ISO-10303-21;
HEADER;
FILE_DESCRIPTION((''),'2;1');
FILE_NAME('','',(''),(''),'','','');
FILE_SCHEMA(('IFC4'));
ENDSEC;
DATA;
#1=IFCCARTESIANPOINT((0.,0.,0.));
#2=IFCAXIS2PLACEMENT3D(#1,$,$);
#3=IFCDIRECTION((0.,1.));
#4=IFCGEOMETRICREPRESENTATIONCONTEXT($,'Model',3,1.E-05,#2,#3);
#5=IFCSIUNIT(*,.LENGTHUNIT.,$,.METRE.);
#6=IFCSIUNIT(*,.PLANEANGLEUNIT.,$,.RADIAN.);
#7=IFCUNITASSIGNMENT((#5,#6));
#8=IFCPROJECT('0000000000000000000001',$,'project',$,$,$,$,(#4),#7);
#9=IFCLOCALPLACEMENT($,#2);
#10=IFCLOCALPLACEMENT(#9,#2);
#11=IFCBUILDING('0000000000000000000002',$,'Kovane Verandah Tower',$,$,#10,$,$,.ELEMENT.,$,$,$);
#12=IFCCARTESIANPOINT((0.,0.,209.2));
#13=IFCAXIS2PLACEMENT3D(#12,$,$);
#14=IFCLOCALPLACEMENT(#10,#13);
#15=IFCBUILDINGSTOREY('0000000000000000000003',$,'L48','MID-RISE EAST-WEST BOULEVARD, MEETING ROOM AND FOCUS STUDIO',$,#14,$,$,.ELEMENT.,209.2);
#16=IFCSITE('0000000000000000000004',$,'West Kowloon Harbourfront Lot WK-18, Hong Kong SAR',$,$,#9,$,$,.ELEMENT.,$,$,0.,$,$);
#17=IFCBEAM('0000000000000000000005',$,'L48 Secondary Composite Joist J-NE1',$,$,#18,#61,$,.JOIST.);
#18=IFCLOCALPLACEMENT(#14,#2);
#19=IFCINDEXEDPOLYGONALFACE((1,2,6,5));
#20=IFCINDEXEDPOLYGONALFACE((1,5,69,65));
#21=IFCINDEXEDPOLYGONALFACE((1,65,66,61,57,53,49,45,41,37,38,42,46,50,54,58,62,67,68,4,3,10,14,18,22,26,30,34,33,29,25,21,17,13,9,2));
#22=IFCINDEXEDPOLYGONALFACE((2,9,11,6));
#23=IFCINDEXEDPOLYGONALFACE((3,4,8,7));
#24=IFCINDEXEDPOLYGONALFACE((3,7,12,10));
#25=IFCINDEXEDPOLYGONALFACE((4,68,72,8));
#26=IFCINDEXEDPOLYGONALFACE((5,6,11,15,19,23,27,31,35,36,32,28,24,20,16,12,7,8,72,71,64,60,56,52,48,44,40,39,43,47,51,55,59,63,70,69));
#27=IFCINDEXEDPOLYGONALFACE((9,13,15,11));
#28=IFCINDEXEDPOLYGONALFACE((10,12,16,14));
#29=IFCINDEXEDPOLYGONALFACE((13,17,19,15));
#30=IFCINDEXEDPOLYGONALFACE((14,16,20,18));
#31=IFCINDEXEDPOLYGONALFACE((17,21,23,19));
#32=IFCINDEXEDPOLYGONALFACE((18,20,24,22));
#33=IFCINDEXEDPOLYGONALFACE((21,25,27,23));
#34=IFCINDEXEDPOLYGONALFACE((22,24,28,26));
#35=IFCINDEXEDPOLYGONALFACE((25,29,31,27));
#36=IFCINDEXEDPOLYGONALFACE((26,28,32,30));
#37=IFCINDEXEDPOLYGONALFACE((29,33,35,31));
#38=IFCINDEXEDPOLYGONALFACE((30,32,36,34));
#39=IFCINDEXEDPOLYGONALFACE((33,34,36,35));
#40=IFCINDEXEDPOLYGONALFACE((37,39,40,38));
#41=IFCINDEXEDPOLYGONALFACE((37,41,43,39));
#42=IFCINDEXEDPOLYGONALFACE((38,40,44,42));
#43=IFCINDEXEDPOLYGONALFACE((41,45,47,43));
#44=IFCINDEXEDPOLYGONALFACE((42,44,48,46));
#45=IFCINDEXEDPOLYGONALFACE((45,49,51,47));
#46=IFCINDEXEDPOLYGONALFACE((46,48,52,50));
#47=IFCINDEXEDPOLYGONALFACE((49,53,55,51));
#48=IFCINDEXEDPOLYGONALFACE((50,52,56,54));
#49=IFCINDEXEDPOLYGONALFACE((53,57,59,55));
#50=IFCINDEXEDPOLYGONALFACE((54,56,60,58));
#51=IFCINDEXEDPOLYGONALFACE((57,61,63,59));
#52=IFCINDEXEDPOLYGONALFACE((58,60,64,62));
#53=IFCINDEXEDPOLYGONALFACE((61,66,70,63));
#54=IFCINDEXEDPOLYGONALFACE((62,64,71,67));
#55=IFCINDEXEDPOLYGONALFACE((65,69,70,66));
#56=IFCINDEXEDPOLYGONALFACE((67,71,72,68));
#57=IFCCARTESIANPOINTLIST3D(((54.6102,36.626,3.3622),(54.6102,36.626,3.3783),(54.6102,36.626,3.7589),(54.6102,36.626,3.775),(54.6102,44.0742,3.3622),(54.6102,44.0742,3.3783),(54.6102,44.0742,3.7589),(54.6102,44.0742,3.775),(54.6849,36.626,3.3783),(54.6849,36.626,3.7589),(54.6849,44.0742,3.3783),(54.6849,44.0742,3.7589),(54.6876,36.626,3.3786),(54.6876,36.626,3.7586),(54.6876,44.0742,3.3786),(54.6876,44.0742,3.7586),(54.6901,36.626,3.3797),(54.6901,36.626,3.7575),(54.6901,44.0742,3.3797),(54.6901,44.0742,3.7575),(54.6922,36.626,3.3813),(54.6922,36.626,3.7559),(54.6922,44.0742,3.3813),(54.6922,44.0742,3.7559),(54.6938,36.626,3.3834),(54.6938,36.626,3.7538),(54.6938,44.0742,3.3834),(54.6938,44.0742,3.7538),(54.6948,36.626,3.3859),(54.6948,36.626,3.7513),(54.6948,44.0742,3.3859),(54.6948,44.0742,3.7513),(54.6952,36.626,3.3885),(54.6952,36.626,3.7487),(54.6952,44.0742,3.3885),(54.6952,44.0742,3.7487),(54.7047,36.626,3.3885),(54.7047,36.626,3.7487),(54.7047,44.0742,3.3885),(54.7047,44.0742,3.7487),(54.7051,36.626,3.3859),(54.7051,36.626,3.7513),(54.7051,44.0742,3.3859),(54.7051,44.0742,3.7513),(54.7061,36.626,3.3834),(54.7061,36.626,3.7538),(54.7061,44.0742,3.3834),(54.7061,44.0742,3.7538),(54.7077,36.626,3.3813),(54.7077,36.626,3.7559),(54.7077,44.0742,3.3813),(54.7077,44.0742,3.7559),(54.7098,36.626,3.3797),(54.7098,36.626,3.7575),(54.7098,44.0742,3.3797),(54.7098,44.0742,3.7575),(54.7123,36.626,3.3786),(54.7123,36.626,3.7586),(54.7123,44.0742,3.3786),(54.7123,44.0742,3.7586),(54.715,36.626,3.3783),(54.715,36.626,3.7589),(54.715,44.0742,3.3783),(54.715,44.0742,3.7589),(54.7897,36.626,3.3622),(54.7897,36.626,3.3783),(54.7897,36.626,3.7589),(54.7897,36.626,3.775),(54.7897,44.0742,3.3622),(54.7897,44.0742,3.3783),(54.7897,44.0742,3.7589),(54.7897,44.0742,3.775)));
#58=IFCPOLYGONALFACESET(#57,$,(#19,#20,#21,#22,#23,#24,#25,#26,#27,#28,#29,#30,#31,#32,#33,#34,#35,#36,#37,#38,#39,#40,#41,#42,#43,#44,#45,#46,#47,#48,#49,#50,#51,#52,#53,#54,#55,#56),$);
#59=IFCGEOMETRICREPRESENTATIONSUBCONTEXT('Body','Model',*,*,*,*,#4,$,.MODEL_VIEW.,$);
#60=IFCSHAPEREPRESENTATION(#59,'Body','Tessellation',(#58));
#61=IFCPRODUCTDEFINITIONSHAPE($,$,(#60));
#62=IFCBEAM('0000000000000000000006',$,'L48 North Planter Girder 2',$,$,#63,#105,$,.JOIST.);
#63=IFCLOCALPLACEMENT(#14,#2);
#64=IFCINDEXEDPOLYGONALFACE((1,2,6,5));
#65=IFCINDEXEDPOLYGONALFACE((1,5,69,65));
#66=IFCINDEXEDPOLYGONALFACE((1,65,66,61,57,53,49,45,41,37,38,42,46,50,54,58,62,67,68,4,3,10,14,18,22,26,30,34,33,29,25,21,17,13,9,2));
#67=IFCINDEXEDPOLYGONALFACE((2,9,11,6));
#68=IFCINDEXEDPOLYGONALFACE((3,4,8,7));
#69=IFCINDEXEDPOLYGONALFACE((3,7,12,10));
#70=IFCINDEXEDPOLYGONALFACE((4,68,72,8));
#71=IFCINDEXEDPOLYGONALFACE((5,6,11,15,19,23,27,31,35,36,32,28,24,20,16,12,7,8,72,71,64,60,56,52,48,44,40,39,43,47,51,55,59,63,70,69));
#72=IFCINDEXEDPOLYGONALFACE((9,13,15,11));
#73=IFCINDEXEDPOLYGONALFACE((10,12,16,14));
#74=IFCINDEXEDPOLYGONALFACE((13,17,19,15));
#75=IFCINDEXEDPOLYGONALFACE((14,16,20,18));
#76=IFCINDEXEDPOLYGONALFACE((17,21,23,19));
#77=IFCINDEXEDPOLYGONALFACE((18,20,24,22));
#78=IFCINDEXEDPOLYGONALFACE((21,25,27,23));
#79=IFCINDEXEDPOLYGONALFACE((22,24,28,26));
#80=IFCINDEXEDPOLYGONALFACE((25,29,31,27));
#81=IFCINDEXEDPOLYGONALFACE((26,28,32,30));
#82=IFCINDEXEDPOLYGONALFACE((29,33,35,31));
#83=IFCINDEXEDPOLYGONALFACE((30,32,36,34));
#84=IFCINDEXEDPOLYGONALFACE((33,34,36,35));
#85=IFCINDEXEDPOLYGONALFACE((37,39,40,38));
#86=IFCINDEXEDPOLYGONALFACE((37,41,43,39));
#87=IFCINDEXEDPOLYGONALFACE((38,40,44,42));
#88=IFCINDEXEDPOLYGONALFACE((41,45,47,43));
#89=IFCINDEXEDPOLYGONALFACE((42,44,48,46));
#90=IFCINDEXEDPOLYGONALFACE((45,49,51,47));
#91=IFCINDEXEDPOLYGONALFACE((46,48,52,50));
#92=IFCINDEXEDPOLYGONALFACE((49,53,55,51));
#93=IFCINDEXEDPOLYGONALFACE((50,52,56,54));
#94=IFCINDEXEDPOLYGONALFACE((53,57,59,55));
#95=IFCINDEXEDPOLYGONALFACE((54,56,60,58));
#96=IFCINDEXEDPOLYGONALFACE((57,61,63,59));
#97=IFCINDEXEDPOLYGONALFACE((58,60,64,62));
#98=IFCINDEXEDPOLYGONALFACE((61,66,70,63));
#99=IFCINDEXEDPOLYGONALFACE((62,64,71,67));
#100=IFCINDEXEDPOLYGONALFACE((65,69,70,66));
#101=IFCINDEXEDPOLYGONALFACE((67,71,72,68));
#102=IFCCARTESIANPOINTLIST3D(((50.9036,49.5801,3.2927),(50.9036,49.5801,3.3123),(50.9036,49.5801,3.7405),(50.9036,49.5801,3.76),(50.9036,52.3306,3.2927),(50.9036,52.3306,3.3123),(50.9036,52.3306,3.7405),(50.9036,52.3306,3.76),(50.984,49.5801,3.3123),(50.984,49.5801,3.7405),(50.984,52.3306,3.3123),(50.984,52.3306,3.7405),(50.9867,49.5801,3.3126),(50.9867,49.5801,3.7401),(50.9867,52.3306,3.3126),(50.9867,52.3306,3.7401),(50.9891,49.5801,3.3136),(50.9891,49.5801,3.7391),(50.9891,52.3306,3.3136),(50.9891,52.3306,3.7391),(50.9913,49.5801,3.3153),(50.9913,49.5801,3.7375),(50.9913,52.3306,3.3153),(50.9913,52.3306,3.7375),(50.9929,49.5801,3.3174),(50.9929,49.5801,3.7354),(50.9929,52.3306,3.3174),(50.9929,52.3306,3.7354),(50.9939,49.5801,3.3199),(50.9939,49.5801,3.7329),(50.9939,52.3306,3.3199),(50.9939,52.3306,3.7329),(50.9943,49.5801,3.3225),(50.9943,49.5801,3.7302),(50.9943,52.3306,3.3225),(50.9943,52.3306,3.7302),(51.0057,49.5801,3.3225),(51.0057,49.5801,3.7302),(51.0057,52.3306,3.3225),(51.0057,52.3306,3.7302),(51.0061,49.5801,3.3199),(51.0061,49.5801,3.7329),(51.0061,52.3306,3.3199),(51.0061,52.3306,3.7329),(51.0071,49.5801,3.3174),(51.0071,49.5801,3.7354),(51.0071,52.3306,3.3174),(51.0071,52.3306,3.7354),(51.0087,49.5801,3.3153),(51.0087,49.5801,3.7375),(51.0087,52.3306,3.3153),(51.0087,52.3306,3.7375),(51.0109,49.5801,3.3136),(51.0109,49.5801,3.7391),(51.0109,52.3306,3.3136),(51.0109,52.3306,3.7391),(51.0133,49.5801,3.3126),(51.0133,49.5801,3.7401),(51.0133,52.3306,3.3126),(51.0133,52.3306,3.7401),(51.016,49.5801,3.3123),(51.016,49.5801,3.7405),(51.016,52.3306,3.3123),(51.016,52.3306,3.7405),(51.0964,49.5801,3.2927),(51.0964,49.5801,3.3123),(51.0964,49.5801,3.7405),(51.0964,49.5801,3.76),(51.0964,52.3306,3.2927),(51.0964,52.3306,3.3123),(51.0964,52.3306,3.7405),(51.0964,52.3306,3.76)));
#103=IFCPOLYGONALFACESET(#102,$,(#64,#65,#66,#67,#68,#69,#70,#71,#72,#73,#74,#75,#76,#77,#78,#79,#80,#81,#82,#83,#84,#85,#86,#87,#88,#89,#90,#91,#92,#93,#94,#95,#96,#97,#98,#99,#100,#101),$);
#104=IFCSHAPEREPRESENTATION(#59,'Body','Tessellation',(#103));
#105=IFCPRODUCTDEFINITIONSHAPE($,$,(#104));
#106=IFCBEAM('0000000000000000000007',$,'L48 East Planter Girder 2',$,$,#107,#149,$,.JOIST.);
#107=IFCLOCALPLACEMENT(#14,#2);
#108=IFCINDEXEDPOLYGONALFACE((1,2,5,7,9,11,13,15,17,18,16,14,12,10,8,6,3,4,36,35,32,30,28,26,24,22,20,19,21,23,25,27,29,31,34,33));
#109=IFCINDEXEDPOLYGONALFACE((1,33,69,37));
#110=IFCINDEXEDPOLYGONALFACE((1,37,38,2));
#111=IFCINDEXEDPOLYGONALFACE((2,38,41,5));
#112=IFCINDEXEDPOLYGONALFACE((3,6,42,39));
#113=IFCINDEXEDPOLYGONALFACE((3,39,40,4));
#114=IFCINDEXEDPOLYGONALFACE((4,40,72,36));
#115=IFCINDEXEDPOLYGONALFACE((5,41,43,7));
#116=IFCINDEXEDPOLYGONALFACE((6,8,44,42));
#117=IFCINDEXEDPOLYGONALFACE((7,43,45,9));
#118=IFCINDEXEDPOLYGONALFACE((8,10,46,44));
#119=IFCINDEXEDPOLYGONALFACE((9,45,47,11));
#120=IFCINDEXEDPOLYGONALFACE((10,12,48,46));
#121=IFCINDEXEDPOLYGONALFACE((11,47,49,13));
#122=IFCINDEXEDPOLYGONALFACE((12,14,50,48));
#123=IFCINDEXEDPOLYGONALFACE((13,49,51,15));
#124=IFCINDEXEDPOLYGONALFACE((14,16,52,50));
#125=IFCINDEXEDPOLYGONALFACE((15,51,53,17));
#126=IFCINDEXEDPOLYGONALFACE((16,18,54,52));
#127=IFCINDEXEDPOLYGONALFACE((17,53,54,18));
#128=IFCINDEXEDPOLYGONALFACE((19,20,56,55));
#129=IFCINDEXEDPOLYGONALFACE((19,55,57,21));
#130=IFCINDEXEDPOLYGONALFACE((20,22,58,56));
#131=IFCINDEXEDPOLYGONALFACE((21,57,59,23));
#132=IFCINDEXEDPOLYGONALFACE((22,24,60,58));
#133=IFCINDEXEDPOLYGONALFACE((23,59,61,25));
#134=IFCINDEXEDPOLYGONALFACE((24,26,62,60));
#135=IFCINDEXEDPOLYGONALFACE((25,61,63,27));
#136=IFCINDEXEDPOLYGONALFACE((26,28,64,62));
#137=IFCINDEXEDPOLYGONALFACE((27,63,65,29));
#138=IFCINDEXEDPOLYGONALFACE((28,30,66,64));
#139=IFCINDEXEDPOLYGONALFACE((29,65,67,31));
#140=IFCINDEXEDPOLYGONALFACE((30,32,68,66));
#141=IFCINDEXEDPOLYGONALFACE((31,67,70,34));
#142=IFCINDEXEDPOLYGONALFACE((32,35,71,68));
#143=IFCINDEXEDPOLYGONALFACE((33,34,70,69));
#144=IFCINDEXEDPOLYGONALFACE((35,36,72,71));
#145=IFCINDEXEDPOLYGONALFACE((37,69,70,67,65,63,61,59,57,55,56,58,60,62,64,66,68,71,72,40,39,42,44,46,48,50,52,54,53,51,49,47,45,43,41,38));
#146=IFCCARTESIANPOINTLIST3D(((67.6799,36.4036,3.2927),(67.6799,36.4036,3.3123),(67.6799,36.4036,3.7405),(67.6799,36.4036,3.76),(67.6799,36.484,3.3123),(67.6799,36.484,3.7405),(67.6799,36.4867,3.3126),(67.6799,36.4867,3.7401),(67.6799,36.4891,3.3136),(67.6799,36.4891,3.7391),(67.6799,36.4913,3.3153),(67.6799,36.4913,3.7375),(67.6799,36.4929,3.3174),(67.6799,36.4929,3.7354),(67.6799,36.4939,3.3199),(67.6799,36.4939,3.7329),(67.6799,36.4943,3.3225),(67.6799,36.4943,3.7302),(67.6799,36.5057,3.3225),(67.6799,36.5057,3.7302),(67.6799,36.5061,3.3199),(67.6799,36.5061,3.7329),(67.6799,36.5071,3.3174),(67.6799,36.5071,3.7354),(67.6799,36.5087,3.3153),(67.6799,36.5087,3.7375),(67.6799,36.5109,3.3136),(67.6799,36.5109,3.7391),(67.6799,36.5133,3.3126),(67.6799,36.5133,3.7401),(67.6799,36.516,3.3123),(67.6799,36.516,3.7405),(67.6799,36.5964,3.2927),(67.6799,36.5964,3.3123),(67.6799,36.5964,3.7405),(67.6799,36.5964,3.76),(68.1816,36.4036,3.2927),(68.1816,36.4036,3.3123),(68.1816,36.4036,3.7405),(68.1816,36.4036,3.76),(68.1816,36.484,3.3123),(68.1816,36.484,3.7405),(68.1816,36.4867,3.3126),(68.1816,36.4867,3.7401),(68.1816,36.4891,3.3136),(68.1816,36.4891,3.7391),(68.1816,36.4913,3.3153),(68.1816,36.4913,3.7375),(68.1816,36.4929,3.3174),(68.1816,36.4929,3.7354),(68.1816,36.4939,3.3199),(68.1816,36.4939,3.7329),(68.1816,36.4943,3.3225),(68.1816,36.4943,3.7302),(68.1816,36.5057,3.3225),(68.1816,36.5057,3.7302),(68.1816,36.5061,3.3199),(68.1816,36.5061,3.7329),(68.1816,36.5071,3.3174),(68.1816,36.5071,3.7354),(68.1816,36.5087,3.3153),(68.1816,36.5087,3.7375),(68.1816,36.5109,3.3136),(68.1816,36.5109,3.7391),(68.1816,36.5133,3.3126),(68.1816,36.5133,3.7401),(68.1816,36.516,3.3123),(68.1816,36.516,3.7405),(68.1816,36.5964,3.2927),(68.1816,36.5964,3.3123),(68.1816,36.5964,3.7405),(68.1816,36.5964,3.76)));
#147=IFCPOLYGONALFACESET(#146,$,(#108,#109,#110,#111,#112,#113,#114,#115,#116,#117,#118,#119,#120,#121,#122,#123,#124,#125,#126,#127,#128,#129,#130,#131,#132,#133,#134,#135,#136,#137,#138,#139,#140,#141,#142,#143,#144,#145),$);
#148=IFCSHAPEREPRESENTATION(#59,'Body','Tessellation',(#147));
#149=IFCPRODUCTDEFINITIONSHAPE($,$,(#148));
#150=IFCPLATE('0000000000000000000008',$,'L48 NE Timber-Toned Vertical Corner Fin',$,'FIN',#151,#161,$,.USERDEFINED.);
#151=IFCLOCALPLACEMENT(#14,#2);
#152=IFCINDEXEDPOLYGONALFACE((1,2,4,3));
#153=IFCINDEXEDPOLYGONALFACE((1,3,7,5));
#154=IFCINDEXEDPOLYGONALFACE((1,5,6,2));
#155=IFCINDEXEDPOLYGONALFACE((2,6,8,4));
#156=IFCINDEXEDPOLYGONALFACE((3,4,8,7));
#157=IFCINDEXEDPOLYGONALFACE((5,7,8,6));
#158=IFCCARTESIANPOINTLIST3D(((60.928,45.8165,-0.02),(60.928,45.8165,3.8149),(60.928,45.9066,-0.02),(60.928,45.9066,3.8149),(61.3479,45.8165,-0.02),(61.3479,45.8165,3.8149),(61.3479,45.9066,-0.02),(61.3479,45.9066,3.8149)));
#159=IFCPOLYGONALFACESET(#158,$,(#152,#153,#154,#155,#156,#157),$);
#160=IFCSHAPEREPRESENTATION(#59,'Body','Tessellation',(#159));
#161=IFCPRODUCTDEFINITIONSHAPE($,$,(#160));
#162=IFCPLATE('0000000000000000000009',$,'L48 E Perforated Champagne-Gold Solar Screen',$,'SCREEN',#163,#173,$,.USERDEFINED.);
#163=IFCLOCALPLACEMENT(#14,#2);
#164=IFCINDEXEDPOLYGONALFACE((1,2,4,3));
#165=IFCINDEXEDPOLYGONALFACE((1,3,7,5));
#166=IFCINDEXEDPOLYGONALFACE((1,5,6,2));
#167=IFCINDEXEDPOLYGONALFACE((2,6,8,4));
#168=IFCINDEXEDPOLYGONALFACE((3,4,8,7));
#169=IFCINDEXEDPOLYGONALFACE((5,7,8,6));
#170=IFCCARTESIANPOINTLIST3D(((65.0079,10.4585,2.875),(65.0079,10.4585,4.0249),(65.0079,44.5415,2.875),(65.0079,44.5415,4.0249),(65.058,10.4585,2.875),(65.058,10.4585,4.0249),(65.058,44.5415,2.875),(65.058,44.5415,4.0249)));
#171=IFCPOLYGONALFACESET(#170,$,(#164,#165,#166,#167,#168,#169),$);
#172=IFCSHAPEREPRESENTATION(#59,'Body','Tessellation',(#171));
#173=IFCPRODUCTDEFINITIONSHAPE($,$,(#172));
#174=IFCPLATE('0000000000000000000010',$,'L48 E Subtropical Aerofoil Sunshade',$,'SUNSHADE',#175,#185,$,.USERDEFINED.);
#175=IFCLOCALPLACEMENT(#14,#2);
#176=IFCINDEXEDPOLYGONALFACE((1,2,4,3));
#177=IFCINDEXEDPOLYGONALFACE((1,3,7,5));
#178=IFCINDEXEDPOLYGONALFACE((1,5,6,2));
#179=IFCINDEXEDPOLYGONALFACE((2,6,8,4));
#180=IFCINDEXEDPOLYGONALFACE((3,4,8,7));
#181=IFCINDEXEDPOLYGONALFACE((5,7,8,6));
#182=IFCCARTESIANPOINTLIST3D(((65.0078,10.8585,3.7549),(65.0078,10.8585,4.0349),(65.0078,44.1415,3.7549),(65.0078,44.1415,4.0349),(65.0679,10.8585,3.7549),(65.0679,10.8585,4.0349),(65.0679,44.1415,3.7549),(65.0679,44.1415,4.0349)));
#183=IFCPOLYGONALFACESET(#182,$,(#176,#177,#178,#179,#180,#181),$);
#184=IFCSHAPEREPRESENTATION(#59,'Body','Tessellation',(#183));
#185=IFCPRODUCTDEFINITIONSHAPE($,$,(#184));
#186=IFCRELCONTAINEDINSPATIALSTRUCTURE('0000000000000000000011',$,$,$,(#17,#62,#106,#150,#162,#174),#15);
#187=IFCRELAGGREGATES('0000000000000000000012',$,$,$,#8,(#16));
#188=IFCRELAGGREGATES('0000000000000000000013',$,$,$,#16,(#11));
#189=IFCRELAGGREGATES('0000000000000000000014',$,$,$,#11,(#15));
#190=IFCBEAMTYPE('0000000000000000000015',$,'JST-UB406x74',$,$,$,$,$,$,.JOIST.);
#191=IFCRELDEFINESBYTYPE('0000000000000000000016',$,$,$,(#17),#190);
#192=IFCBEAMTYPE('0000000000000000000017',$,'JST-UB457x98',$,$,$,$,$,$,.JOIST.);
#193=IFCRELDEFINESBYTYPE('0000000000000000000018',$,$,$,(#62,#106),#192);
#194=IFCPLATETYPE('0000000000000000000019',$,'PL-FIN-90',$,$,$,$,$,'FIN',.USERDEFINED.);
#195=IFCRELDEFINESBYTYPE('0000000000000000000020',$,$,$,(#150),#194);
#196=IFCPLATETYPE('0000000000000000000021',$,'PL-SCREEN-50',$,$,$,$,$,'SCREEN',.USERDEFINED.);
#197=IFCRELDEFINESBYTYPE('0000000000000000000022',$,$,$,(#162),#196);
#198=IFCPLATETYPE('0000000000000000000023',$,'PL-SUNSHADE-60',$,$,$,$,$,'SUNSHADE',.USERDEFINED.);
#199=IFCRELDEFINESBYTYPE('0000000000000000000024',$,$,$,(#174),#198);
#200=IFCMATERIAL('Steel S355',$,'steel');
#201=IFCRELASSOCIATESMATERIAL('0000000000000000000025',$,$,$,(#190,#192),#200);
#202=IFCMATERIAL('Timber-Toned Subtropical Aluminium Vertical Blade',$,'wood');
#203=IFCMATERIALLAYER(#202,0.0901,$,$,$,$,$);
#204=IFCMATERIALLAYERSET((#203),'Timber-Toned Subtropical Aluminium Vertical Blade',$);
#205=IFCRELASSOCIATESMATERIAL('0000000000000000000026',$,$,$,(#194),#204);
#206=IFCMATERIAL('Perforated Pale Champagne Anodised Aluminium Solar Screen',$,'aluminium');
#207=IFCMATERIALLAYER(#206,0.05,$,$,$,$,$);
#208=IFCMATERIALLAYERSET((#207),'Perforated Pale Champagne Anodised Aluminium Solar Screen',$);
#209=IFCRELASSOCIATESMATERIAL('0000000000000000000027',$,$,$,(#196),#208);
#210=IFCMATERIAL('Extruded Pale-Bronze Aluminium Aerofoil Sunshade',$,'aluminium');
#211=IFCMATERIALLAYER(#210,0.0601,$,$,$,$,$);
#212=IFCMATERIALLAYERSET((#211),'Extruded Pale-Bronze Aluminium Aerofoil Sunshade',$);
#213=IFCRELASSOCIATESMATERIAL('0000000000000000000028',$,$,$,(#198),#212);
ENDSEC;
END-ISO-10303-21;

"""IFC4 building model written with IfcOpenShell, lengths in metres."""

from ifc_helpers import new_model, si_unit, direction, frame, origin, origin_2d, place, context, subcontext, project, spatial, rectangle, i_section, extrude, material, layer, layer_set, material_profile, profile_set, type_object, element, save


model = new_model("IFC4")

# Units and contexts
model_context = context("Model", 3, precision=1e-05, world=origin(), true_north=direction((0.0, 1.0)))
body_context = subcontext(model_context, "Body", "Model", "MODEL_VIEW")
ifc_project = project(units=[si_unit("LENGTHUNIT", "METRE"), si_unit("PLANEANGLEUNIT", "RADIAN")], contexts=[model_context])

# Site, building, storey
site_placement = place(None, origin())
site = spatial("IfcSite", under=ifc_project, at=site_placement, Name="West Kowloon Harbourfront Lot WK-18, Hong Kong SAR", CompositionType="ELEMENT", RefElevation=0.0)
building_placement = place(site_placement, origin())
building = spatial("IfcBuilding", under=site, at=building_placement, Name="Kovane Verandah Tower", CompositionType="ELEMENT")
storey_placement = place(building_placement, frame((0.0, 0.0, 209.2)))
storey = spatial("IfcBuildingStorey", under=building, at=storey_placement, Name="L48", Description="MID-RISE EAST-WEST BOULEVARD, MEETING ROOM AND FOCUS STUDIO", CompositionType="ELEMENT", Elevation=209.2)

# Beams
ifc_material_1 = material(Name="Steel S355", Category="steel")
ifc_material_profile_1 = material_profile(ifc_material_1, i_section(OverallWidth=0.1794, OverallDepth=0.4128, WebThickness=0.0095, FlangeThickness=0.0161, FilletRadius=0.0103, at=origin_2d()), Name="UB406x178x74")
ifc_profile_set_1 = profile_set([ifc_material_profile_1], Name="Steel S355")
beam_type_1 = type_object("IfcBeamType", Name="JST-UB406x74", PredefinedType="JOIST", material=ifc_profile_set_1)
beam_1_placement = place(storey_placement, frame((54.7, 36.626, 3.5686), z_axis=(0.0, 1.0, 0.0), x_axis=(-1.0, 0.0, 0.0)))
element("IfcBeam", 1, at=beam_1_placement, inside=storey, type_object=beam_type_1, Name="L48 Secondary Composite Joist J-NE1", PredefinedType="JOIST", context=body_context, shape_type="SweptSolid", body=[
    extrude(i_section(OverallWidth=0.1794, OverallDepth=0.4128, WebThickness=0.0095, FlangeThickness=0.0161, FilletRadius=0.0103, at=origin_2d()), origin(), (0.0, 0.0, 1.0), 7.4482),
])
ifc_material_profile_2 = material_profile(ifc_material_1, i_section(OverallWidth=0.1929, OverallDepth=0.4673, WebThickness=0.0115, FlangeThickness=0.0195, FilletRadius=0.0103, at=origin_2d()), Name="UB457x191x98")
ifc_profile_set_2 = profile_set([ifc_material_profile_2], Name="Steel S355")
beam_type_2 = type_object("IfcBeamType", Name="JST-UB457x98", PredefinedType="JOIST", material=ifc_profile_set_2)
beam_2_placement = place(storey_placement, frame((51.0, 49.5801, 3.5264), z_axis=(0.0, 1.0, 0.0), x_axis=(-1.0, 0.0, 0.0)))
element("IfcBeam", 2, at=beam_2_placement, inside=storey, type_object=beam_type_2, Name="L48 North Planter Girder 2", PredefinedType="JOIST", context=body_context, shape_type="SweptSolid", body=[
    extrude(i_section(OverallWidth=0.1929, OverallDepth=0.4673, WebThickness=0.0115, FlangeThickness=0.0195, FilletRadius=0.0103, at=origin_2d()), origin(), (0.0, 0.0, 1.0), 2.7505),
])
beam_3_placement = place(storey_placement, frame((67.6799, 36.5, 3.5264), z_axis=(1.0, 0.0, 0.0), x_axis=(0.0, 1.0, 0.0)))
element("IfcBeam", 3, at=beam_3_placement, inside=storey, type_object=beam_type_2, Name="L48 East Planter Girder 2", PredefinedType="JOIST", context=body_context, shape_type="SweptSolid", body=[
    extrude(i_section(OverallWidth=0.1929, OverallDepth=0.4673, WebThickness=0.0115, FlangeThickness=0.0195, FilletRadius=0.0103, at=origin_2d()), origin(), (0.0, 0.0, 1.0), 0.5017),
])

# Plates
ifc_material_2 = material(Name="Timber-Toned Subtropical Aluminium Vertical Blade", Category="wood")
ifc_layer_1 = layer(ifc_material_2, 0.0901)
ifc_layer_set_1 = layer_set([ifc_layer_1], Name="Timber-Toned Subtropical Aluminium Vertical Blade")
plate_type_1 = type_object("IfcPlateType", Name="PL-FIN-90", ElementType="FIN", PredefinedType="USERDEFINED", material=ifc_layer_set_1)
plate_1_placement = place(storey_placement, frame((61.1379, 45.8616, -0.02), z_axis=(0.0, 0.0, 1.0), x_axis=(1.0, 0.0, 0.0)))
element("IfcPlate", 4, at=plate_1_placement, inside=storey, type_object=plate_type_1, Name="L48 NE Timber-Toned Vertical Corner Fin", ObjectType="FIN", PredefinedType="USERDEFINED", context=body_context, shape_type="SweptSolid", body=[
    extrude(rectangle(XDim=0.4199, YDim=0.0901, at=origin_2d()), origin(), (0.0, 0.0, 1.0), 3.835),
])
ifc_material_3 = material(Name="Perforated Pale Champagne Anodised Aluminium Solar Screen", Category="aluminium")
ifc_layer_2 = layer(ifc_material_3, 0.05)
ifc_layer_set_2 = layer_set([ifc_layer_2], Name="Perforated Pale Champagne Anodised Aluminium Solar Screen")
plate_type_2 = type_object("IfcPlateType", Name="PL-SCREEN-50", ElementType="SCREEN", PredefinedType="USERDEFINED", material=ifc_layer_set_2)
plate_2_placement = place(storey_placement, frame((65.033, 27.5, 2.875), z_axis=(0.0, 0.0, 1.0), x_axis=(0.0, 1.0, 0.0)))
element("IfcPlate", 5, at=plate_2_placement, inside=storey, type_object=plate_type_2, Name="L48 E Perforated Champagne-Gold Solar Screen", ObjectType="SCREEN", PredefinedType="USERDEFINED", context=body_context, shape_type="SweptSolid", body=[
    extrude(rectangle(XDim=34.083, YDim=0.05, at=origin_2d()), origin(), (0.0, 0.0, 1.0), 1.1499),
])
ifc_material_4 = material(Name="Extruded Pale-Bronze Aluminium Aerofoil Sunshade", Category="aluminium")
ifc_layer_3 = layer(ifc_material_4, 0.0601)
ifc_layer_set_3 = layer_set([ifc_layer_3], Name="Extruded Pale-Bronze Aluminium Aerofoil Sunshade")
plate_type_3 = type_object("IfcPlateType", Name="PL-SUNSHADE-60", ElementType="SUNSHADE", PredefinedType="USERDEFINED", material=ifc_layer_set_3)
plate_3_placement = place(storey_placement, frame((65.0378, 27.5, 3.7549), z_axis=(0.0, 0.0, 1.0), x_axis=(0.0, 1.0, 0.0)))
element("IfcPlate", 6, at=plate_3_placement, inside=storey, type_object=plate_type_3, Name="L48 E Subtropical Aerofoil Sunshade", ObjectType="SUNSHADE", PredefinedType="USERDEFINED", context=body_context, shape_type="SweptSolid", body=[
    extrude(rectangle(XDim=33.283, YDim=0.0601, at=origin_2d()), origin(), (0.0, 0.0, 1.0), 0.28),
])

save(model, "model.ifc")
